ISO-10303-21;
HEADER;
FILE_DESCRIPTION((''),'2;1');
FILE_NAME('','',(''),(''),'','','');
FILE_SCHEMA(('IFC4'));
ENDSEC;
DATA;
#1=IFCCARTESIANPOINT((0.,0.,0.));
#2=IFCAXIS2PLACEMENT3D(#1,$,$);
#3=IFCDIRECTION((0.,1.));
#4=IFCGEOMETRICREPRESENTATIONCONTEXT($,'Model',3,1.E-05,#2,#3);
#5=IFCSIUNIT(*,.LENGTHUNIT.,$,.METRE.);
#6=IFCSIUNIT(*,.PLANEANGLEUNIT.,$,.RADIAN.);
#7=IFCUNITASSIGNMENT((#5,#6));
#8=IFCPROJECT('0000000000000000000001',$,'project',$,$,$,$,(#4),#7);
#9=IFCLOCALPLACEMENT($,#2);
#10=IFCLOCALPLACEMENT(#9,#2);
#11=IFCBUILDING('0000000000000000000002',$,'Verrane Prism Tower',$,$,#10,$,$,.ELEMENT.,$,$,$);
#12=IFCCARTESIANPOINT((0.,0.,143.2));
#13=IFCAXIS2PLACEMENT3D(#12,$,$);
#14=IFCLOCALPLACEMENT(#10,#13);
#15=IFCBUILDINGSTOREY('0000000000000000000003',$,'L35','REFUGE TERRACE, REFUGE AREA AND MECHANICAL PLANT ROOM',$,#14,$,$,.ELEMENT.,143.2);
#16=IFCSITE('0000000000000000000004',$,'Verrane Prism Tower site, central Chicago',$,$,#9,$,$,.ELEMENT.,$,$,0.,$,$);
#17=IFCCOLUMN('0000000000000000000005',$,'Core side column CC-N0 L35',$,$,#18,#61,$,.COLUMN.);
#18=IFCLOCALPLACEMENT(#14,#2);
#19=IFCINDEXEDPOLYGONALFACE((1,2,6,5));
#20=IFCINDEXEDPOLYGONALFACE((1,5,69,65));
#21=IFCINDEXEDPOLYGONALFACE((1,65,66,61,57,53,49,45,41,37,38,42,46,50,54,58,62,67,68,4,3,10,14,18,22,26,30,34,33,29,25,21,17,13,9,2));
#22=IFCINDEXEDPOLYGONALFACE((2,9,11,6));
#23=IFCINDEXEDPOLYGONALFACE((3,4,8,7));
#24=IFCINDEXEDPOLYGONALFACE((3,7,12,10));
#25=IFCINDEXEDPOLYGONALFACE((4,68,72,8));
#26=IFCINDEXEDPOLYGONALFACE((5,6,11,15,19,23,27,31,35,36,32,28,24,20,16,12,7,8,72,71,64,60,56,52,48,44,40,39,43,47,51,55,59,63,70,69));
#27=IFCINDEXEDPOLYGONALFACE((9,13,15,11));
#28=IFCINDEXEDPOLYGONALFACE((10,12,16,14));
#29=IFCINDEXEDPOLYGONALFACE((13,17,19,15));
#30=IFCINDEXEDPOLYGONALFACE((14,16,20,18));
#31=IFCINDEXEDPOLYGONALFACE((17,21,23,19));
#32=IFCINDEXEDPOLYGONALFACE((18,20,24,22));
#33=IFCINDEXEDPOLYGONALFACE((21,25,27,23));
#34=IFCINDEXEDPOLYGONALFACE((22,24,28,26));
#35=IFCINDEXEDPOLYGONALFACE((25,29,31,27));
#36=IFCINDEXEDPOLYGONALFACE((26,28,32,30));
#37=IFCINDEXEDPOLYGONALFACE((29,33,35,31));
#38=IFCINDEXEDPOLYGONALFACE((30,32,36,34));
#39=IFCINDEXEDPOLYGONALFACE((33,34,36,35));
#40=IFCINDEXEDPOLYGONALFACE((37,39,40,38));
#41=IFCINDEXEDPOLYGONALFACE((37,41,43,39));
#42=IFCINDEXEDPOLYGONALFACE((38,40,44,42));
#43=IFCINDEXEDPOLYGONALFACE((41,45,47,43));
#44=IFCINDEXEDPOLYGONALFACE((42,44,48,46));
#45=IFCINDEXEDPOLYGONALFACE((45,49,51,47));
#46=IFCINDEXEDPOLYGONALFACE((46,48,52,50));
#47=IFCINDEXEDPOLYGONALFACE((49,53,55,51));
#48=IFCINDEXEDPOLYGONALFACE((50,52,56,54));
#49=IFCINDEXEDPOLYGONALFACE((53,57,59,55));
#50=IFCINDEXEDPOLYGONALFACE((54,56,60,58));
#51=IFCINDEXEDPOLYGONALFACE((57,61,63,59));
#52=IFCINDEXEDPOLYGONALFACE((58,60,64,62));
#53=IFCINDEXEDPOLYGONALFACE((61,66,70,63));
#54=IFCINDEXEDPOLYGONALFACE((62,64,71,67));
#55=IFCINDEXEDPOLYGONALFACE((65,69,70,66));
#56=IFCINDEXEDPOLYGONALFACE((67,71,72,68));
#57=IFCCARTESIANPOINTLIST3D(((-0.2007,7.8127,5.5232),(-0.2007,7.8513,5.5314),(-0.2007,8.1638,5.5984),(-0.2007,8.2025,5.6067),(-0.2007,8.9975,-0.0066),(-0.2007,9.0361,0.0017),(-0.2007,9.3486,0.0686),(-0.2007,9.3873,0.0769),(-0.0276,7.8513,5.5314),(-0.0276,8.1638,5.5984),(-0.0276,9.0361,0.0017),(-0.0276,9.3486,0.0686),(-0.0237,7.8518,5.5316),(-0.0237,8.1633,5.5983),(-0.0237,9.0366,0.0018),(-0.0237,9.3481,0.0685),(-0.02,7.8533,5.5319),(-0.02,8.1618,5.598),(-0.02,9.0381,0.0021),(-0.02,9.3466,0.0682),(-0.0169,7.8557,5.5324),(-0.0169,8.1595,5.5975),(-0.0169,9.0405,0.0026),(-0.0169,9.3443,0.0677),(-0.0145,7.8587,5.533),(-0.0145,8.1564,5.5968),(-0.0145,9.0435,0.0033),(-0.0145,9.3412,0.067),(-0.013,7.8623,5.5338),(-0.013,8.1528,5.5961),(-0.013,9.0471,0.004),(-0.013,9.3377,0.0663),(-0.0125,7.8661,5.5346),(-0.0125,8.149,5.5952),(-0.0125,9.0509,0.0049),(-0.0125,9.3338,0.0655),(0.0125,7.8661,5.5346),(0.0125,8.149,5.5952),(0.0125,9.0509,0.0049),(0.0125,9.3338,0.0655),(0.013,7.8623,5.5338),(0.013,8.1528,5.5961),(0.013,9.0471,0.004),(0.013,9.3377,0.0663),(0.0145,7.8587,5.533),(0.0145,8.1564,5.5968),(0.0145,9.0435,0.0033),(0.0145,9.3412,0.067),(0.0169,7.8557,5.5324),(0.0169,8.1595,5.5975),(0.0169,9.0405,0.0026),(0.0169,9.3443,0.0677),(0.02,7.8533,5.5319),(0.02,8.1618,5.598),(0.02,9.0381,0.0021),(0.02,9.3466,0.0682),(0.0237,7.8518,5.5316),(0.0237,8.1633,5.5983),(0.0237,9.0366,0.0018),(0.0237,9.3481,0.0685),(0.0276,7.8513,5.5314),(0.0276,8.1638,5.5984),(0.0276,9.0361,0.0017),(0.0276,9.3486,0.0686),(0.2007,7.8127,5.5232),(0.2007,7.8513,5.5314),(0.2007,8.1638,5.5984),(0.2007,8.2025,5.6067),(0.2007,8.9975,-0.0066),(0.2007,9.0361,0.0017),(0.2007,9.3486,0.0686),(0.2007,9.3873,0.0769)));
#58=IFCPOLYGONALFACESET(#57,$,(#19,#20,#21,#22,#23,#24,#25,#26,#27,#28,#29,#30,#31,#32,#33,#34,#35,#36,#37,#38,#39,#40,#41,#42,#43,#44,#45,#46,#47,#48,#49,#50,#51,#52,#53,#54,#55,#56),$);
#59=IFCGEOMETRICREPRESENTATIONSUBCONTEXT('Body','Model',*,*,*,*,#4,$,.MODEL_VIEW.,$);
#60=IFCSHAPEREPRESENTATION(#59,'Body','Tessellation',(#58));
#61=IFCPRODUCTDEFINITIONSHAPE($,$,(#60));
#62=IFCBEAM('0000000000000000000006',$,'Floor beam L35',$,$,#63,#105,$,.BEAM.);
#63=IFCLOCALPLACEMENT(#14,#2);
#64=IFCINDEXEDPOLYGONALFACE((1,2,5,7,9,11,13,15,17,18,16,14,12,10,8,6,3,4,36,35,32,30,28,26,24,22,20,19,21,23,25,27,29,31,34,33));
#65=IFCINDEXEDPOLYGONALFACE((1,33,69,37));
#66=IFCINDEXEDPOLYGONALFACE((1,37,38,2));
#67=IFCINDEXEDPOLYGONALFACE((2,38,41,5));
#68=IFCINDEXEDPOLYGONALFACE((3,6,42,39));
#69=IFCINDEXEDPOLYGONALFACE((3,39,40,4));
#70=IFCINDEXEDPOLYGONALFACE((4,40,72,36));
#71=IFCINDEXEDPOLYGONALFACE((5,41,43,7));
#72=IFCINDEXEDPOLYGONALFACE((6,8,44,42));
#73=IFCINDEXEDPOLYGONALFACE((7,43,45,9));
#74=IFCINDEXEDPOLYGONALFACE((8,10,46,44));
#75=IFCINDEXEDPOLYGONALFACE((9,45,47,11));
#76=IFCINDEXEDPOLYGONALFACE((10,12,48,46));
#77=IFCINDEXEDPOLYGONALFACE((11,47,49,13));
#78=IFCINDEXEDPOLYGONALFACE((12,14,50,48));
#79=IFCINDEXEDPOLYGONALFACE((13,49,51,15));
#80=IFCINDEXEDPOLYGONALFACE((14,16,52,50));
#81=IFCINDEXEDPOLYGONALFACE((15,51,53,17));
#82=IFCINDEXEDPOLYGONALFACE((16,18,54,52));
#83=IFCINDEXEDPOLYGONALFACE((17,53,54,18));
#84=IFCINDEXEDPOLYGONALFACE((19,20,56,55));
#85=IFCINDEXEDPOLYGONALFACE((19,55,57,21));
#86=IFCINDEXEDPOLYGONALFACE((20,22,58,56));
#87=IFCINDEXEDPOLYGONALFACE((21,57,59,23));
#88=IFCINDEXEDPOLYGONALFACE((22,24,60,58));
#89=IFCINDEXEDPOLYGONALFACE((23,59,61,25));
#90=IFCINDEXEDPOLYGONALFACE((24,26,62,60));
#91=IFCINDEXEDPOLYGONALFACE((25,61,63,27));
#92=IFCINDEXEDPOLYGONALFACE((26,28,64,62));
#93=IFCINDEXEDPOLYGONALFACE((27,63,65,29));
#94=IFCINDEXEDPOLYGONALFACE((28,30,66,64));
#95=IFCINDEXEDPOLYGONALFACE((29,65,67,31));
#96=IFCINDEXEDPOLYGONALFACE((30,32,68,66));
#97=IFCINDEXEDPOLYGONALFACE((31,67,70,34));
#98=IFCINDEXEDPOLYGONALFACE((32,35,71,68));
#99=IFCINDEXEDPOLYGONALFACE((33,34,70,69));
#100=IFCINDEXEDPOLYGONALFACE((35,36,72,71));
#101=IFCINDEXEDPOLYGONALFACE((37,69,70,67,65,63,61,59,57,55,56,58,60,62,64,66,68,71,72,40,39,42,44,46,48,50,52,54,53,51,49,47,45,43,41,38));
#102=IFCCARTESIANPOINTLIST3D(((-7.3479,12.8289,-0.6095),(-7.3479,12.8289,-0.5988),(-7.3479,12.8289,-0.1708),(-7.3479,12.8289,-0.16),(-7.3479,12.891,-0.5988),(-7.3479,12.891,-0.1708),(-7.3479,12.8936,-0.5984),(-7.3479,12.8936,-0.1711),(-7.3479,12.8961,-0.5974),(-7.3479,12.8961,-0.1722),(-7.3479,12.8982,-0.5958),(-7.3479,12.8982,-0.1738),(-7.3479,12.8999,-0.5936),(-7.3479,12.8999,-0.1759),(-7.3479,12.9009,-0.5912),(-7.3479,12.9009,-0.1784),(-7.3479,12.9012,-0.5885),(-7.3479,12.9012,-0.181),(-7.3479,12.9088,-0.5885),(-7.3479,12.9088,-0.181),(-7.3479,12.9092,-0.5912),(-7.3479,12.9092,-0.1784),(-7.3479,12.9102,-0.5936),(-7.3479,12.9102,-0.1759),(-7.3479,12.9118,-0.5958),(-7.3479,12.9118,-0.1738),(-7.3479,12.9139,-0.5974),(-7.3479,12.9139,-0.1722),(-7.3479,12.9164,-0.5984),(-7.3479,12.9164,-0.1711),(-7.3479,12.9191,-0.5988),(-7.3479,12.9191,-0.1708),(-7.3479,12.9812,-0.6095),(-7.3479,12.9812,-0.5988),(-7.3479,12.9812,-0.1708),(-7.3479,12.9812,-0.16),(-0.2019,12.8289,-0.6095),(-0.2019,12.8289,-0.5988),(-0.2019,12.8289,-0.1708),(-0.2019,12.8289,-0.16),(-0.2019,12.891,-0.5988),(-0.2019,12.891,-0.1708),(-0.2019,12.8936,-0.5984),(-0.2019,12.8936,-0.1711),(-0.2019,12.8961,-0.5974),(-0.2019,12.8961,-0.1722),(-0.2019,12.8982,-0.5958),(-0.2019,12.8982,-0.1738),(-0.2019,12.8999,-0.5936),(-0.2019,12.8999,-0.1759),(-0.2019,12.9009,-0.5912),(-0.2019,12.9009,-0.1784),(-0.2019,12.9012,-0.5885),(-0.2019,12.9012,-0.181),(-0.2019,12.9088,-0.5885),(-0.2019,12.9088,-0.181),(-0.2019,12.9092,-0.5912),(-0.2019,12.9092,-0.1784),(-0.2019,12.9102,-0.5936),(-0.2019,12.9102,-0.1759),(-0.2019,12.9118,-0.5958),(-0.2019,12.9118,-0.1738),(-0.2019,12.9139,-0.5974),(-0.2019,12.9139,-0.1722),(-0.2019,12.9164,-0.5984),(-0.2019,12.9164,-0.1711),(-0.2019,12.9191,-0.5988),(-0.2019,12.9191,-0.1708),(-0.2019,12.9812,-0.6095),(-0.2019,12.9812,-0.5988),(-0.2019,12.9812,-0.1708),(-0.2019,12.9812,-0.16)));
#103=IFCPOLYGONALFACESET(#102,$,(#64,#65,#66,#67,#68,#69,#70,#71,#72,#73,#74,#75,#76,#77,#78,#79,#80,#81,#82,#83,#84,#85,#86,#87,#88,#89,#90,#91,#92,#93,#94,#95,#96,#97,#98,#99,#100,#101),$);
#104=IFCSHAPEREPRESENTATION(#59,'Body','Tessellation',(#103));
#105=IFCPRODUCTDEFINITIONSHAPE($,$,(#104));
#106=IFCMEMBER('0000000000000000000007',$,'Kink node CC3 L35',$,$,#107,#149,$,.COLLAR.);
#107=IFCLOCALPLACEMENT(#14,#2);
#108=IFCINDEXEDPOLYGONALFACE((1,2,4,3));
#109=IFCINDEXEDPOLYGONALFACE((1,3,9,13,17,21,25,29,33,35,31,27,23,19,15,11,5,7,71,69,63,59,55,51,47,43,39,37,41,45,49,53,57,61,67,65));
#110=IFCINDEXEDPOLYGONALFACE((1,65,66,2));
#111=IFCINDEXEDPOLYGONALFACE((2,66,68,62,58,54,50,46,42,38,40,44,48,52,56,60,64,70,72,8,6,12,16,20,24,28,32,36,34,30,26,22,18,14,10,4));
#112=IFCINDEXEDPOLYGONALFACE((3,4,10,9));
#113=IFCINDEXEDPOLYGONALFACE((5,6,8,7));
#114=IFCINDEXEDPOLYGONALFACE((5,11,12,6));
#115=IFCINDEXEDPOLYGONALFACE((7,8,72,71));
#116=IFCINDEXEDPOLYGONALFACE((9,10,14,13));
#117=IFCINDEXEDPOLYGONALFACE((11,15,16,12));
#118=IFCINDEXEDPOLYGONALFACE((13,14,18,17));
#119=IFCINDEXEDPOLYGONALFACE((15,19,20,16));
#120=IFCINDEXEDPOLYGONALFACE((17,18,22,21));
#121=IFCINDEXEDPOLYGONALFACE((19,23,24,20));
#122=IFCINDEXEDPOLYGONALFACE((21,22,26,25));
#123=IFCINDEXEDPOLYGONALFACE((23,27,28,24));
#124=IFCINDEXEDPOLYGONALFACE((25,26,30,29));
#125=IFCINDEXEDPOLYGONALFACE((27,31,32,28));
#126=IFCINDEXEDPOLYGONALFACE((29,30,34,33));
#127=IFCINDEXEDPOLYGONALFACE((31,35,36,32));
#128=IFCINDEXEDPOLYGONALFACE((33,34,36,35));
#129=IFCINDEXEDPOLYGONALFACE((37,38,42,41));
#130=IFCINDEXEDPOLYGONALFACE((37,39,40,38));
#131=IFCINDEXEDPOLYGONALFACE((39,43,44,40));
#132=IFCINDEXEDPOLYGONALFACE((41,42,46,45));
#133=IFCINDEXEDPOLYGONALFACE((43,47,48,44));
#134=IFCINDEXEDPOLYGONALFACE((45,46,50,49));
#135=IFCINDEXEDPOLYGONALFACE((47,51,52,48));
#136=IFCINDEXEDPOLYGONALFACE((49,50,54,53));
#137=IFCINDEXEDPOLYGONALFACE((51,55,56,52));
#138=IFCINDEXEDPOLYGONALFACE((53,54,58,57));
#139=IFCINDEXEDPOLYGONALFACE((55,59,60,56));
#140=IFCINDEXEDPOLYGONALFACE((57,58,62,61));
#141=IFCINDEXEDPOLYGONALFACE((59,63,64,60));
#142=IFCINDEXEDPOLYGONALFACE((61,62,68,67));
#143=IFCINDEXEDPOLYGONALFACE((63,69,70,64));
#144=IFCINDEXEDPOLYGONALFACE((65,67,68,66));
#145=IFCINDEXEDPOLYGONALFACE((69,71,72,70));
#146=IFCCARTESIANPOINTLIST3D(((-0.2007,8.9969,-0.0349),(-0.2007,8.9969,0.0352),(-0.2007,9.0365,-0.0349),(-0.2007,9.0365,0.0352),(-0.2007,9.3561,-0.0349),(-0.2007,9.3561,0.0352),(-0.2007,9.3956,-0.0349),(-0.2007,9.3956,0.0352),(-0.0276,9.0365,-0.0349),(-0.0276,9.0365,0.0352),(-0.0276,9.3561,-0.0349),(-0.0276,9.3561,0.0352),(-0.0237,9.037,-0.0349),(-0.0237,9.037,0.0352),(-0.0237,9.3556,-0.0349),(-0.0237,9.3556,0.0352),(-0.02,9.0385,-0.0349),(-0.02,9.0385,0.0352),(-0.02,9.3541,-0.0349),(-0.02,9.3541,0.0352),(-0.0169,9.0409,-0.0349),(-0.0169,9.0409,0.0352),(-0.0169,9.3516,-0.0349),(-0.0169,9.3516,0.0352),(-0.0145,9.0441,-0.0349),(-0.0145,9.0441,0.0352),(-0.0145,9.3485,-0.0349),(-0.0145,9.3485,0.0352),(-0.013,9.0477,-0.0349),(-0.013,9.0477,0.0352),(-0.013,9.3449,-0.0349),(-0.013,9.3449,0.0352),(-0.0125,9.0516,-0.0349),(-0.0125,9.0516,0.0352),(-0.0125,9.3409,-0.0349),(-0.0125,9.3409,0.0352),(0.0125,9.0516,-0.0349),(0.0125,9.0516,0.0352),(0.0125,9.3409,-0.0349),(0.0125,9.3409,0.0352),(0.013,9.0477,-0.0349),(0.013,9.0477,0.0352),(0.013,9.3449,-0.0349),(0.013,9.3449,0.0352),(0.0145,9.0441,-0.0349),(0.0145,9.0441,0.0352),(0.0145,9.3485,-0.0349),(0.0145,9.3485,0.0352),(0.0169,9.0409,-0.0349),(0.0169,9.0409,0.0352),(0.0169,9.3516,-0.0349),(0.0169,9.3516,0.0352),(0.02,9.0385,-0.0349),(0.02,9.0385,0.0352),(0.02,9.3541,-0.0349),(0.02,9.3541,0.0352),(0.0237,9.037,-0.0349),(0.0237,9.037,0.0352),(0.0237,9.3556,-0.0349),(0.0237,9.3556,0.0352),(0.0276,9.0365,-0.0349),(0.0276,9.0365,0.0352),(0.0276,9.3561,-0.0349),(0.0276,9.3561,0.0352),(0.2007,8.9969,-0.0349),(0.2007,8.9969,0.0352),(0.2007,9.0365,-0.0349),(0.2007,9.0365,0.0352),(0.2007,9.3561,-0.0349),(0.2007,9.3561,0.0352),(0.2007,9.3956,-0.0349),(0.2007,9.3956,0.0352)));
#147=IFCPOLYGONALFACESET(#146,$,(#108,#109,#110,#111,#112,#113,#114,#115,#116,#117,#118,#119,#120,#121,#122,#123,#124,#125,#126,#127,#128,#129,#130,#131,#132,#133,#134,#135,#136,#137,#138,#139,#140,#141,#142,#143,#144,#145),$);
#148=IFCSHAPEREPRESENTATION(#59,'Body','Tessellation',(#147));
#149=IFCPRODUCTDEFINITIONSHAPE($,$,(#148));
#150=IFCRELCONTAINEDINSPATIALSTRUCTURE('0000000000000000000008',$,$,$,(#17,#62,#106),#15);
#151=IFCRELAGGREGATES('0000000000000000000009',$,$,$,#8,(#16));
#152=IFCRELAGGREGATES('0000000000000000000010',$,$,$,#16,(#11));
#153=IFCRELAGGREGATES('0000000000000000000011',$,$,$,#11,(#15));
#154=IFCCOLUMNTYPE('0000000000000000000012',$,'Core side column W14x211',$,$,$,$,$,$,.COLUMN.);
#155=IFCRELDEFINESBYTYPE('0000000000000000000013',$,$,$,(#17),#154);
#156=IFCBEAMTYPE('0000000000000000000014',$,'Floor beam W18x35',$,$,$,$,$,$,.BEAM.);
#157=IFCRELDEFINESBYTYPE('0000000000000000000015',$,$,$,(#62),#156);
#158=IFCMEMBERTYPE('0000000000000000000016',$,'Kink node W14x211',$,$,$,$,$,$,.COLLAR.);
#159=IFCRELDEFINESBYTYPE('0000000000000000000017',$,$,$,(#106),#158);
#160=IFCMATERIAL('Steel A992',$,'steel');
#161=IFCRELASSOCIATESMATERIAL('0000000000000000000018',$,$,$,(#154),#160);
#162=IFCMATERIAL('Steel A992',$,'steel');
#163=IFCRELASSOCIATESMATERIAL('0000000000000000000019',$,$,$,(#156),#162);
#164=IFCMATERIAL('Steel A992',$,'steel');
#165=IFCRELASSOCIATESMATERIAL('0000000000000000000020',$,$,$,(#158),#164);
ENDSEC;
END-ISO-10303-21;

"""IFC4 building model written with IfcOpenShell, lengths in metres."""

from ifc_helpers import new_model, si_unit, direction, frame, origin, origin_2d, place, context, subcontext, project, spatial, i_section, extrude, material, material_profile, profile_set, type_object, element, save


model = new_model("IFC4")

# Units and contexts
model_context = context("Model", 3, precision=1e-05, world=origin(), true_north=direction((0.0, 1.0)))
body_context = subcontext(model_context, "Body", "Model", "MODEL_VIEW")
ifc_project = project(units=[si_unit("LENGTHUNIT", "METRE"), si_unit("PLANEANGLEUNIT", "RADIAN")], contexts=[model_context])

# Site, building, storey
site_placement = place(None, origin())
site = spatial("IfcSite", under=ifc_project, at=site_placement, Name="Verrane Prism Tower site, central Chicago", CompositionType="ELEMENT", RefElevation=0.0)
building_placement = place(site_placement, origin())
building = spatial("IfcBuilding", under=site, at=building_placement, Name="Verrane Prism Tower", CompositionType="ELEMENT")
storey_placement = place(building_placement, frame((0.0, 0.0, 143.2)))
storey = spatial("IfcBuildingStorey", under=building, at=storey_placement, Name="L35", Description="REFUGE TERRACE, REFUGE AREA AND MECHANICAL PLANT ROOM", CompositionType="ELEMENT", Elevation=143.2)

# Column
ifc_material_1 = material(Name="Steel A992", Category="steel")
ifc_material_profile_1 = material_profile(ifc_material_1, i_section(OverallWidth=0.4014, OverallDepth=0.3987, WebThickness=0.0249, FlangeThickness=0.0396, FilletRadius=0.0151, at=origin_2d()), Name="W14x211")
ifc_profile_set_1 = profile_set([ifc_material_profile_1], Name="Steel A992")
column_type = type_object("IfcColumnType", Name="Core side column W14x211", PredefinedType="COLUMN", material=ifc_profile_set_1)
column_placement = place(storey_placement, frame((0.0, 9.1924, 0.0352), z_axis=(0.0, -0.209506, 0.977807), x_axis=(1.0, 0.0, 0.0)))
element("IfcColumn", 1, at=column_placement, inside=storey, type_object=column_type, Name="Core side column CC-N0 L35", PredefinedType="COLUMN", context=body_context, shape_type="SweptSolid", body=[
    extrude(i_section(OverallWidth=0.4014, OverallDepth=0.3987, WebThickness=0.0249, FlangeThickness=0.0396, FilletRadius=0.0151, at=origin_2d()), origin(), (0.0, 0.0, 1.0), 5.6553),
])

# Beam
ifc_material_2 = material(Name="Steel A992", Category="steel")
ifc_material_profile_2 = material_profile(ifc_material_2, i_section(OverallWidth=0.1523, OverallDepth=0.4495, WebThickness=0.0076, FlangeThickness=0.0107, FilletRadius=0.0103, at=origin_2d()), Name="W18x35")
ifc_profile_set_2 = profile_set([ifc_material_profile_2], Name="Steel A992")
beam_type_1 = type_object("IfcBeamType", Name="Floor beam W18x35", PredefinedType="BEAM", material=ifc_profile_set_2)
beam_1_placement = place(storey_placement, frame((-7.3479, 12.905, -0.3848), z_axis=(1.0, 0.0, 0.0), x_axis=(0.0, 1.0, 0.0)))
element("IfcBeam", 2, at=beam_1_placement, inside=storey, type_object=beam_type_1, Name="Floor beam L35", PredefinedType="BEAM", context=body_context, shape_type="SweptSolid", body=[
    extrude(i_section(OverallWidth=0.1523, OverallDepth=0.4495, WebThickness=0.0076, FlangeThickness=0.0107, FilletRadius=0.0103, at=origin_2d()), origin(), (0.0, 0.0, 1.0), 7.146),
])

# Member
ifc_material_3 = material(Name="Steel A992", Category="steel")
ifc_material_profile_3 = material_profile(ifc_material_3, i_section(OverallWidth=0.4014, OverallDepth=0.3987, WebThickness=0.0249, FlangeThickness=0.0396, FilletRadius=0.0151, at=origin_2d()), Name="W14x211")
ifc_profile_set_3 = profile_set([ifc_material_profile_3], Name="Steel A992")
member_type = type_object("IfcMemberType", Name="Kink node W14x211", PredefinedType="COLLAR", material=ifc_profile_set_3)
member_placement = place(storey_placement, frame((0.0, 9.1963, -0.0349), z_axis=(0.0, 0.0, 1.0), x_axis=(1.0, 0.0, 0.0)))
element("IfcMember", 3, at=member_placement, inside=storey, type_object=member_type, Name="Kink node CC3 L35", PredefinedType="COLLAR", context=body_context, shape_type="SweptSolid", body=[
    extrude(i_section(OverallWidth=0.4014, OverallDepth=0.3987, WebThickness=0.0249, FlangeThickness=0.0396, FilletRadius=0.0151, at=origin_2d()), origin(), (0.0, 0.0, 1.0), 0.0701),
])

save(model, "model.ifc")
